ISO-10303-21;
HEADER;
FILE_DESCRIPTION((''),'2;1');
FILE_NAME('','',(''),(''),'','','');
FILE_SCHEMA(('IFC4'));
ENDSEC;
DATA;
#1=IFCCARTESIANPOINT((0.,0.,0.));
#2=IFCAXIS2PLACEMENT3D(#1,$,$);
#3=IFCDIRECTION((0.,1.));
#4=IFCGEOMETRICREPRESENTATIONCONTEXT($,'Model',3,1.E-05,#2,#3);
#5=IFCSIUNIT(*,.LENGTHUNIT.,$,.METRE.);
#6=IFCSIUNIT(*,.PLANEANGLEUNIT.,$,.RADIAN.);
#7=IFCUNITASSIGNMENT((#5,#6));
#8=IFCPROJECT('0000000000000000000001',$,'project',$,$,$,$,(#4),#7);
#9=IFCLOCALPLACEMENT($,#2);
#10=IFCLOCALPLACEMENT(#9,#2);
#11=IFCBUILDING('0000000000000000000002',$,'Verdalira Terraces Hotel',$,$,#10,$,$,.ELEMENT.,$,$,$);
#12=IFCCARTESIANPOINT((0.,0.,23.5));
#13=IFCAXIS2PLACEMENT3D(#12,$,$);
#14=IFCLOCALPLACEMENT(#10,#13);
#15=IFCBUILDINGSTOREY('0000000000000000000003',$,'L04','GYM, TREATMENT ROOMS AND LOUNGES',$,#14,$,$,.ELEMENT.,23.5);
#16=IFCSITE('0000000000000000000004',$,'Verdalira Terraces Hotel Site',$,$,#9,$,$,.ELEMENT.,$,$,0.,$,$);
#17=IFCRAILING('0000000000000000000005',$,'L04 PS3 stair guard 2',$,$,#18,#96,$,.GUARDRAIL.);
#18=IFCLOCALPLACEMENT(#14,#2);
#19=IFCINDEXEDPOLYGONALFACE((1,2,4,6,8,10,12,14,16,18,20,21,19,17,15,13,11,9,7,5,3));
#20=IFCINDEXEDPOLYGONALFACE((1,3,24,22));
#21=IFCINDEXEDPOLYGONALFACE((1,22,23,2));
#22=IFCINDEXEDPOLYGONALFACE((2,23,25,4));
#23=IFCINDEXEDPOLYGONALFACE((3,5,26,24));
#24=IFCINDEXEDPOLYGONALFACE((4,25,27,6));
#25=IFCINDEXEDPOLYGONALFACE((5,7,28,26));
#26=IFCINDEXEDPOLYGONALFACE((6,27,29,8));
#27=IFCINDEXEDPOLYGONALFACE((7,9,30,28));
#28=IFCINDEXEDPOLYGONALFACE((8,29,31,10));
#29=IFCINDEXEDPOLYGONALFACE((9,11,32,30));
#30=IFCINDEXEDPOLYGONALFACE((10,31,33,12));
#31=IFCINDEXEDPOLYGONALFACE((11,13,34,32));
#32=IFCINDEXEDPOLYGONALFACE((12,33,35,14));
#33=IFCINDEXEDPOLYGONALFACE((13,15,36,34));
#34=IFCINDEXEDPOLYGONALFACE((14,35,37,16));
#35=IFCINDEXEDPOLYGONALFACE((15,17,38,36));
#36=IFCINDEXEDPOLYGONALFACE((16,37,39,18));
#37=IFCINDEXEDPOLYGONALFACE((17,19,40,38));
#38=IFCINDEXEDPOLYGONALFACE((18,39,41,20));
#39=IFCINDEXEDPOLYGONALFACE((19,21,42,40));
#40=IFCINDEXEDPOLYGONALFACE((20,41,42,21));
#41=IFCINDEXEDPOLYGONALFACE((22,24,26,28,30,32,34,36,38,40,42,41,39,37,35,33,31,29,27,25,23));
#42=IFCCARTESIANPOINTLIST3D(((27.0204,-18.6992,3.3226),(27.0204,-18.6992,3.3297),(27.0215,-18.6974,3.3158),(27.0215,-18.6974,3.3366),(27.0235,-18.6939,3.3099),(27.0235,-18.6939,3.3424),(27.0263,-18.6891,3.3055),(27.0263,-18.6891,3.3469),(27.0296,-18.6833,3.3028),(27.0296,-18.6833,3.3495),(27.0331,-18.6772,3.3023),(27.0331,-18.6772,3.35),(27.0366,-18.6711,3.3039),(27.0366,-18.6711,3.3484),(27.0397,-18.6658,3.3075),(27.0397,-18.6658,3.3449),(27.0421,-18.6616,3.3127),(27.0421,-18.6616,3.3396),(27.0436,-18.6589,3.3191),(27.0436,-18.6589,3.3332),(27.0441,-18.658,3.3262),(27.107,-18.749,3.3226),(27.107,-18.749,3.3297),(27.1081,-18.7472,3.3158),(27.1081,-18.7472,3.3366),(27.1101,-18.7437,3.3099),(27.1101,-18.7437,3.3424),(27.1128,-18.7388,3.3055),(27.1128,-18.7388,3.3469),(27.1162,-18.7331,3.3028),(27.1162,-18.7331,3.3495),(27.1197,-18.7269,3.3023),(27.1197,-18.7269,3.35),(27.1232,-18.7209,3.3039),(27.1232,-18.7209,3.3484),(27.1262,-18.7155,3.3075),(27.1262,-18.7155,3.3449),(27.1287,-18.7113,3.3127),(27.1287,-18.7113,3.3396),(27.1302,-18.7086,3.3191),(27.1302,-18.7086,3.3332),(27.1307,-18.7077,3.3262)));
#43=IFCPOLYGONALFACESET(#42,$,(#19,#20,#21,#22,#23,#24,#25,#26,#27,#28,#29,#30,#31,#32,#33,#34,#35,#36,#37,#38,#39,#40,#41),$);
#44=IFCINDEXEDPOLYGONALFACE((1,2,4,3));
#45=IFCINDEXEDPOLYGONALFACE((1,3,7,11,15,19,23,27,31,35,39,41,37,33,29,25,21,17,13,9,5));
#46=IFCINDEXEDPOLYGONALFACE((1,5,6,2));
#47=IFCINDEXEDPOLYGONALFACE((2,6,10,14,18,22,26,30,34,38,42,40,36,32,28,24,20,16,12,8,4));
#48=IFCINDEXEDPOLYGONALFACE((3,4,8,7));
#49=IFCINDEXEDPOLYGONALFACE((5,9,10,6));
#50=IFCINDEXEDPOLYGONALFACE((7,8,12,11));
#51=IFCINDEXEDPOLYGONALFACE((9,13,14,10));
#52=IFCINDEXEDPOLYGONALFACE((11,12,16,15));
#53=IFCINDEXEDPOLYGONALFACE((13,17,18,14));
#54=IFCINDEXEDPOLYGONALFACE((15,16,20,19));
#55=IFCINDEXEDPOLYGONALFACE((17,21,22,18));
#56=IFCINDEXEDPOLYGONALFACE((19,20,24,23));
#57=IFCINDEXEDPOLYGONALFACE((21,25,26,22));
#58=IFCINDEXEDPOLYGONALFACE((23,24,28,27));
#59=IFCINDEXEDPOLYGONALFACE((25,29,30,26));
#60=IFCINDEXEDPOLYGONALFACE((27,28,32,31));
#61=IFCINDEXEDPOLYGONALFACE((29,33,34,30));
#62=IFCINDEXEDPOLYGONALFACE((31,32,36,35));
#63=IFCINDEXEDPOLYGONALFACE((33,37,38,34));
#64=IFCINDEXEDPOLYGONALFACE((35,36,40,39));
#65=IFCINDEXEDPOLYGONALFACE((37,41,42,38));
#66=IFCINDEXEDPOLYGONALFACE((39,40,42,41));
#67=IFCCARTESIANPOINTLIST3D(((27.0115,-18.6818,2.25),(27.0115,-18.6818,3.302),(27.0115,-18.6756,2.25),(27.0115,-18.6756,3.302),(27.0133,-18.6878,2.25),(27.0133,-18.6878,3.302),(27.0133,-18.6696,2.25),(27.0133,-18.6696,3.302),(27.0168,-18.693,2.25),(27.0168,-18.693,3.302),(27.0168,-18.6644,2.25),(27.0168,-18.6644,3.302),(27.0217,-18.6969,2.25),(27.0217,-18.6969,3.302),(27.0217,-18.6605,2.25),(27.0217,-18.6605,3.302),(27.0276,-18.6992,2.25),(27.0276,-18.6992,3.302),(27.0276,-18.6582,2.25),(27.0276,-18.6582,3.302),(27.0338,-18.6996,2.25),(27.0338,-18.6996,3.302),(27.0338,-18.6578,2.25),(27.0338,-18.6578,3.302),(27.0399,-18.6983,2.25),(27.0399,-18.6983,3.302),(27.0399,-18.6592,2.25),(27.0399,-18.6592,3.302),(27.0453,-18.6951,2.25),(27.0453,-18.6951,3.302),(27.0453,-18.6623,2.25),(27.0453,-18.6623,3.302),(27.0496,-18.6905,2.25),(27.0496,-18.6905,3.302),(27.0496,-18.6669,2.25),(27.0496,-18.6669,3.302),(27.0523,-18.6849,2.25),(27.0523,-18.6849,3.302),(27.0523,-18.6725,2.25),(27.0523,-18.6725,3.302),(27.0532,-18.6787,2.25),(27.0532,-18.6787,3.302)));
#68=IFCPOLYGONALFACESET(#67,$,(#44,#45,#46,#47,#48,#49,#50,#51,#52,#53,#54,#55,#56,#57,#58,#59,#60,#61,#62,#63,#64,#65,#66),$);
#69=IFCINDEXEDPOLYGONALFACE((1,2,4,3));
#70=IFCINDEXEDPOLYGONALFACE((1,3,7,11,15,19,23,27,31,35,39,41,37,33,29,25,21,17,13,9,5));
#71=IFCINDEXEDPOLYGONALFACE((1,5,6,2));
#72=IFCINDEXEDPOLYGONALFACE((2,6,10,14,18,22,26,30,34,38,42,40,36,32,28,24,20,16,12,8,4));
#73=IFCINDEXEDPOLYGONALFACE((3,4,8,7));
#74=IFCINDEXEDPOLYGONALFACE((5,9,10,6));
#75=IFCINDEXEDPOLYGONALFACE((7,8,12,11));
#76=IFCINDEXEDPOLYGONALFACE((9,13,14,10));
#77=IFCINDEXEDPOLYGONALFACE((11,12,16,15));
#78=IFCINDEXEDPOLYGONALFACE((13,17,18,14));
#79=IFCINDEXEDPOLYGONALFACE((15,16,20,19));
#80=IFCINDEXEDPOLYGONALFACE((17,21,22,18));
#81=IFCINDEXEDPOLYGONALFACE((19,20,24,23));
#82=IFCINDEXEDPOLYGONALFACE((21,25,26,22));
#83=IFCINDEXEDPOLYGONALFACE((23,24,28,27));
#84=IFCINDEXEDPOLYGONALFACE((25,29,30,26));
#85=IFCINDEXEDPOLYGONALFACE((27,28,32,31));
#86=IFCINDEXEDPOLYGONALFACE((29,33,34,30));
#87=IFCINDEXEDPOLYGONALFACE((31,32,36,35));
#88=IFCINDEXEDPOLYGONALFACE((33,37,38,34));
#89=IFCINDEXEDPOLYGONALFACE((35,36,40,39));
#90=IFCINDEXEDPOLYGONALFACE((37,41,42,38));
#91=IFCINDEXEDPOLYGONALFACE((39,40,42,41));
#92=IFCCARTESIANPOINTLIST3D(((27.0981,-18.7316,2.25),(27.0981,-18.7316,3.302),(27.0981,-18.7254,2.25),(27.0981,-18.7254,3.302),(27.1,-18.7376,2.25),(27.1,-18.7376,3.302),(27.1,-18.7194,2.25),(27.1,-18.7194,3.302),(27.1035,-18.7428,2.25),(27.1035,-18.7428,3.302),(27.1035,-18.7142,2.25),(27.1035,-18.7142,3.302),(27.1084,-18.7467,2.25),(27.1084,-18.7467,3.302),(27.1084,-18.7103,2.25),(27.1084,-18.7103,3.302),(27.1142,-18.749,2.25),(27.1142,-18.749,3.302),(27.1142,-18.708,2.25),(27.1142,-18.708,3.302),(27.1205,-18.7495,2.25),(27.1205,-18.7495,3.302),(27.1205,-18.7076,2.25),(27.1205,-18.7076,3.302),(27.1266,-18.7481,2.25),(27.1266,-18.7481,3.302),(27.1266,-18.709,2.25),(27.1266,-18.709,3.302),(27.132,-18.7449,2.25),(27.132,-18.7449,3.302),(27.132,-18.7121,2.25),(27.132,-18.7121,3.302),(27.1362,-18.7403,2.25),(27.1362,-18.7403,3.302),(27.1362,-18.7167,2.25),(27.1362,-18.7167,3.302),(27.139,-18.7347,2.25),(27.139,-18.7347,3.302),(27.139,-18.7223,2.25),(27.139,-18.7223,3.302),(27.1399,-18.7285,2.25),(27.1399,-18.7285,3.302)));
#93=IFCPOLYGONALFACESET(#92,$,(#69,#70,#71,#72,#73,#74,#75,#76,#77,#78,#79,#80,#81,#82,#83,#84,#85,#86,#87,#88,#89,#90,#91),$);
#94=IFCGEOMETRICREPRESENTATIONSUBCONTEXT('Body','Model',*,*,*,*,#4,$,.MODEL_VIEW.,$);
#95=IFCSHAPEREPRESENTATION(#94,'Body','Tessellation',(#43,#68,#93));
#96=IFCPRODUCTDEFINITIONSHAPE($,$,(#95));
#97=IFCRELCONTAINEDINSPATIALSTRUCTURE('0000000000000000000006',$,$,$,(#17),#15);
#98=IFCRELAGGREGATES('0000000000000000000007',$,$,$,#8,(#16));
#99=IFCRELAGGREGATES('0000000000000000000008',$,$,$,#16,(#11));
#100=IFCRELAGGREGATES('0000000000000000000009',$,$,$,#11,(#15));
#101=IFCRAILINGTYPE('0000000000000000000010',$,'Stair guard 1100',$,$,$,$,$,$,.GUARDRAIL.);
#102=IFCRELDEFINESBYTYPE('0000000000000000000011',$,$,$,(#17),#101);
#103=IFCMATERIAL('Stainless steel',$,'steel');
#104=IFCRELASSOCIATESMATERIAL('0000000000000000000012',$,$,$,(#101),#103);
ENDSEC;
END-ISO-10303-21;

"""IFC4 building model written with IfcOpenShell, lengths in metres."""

from ifc_helpers import new_model, si_unit, direction, frame, origin, origin_2d, place, context, subcontext, project, spatial, circle, extrude, material, type_object, element, save


model = new_model("IFC4")

# Units and contexts
model_context = context("Model", 3, precision=1e-05, world=origin(), true_north=direction((0.0, 1.0)))
body_context = subcontext(model_context, "Body", "Model", "MODEL_VIEW")
ifc_project = project(units=[si_unit("LENGTHUNIT", "METRE"), si_unit("PLANEANGLEUNIT", "RADIAN")], contexts=[model_context])

# Site, building, storey
site_placement = place(None, origin())
site = spatial("IfcSite", under=ifc_project, at=site_placement, Name="Verdalira Terraces Hotel Site", CompositionType="ELEMENT", RefElevation=0.0)
building_placement = place(site_placement, origin())
building = spatial("IfcBuilding", under=site, at=building_placement, Name="Verdalira Terraces Hotel", CompositionType="ELEMENT")
storey_placement = place(building_placement, frame((0.0, 0.0, 23.5)))
storey = spatial("IfcBuildingStorey", under=building, at=storey_placement, Name="L04", Description="GYM, TREATMENT ROOMS AND LOUNGES", CompositionType="ELEMENT", Elevation=23.5)

# Railing
ifc_material_1 = material(Name="Stainless steel", Category="steel")
railing_type_1 = type_object("IfcRailingType", Name="Stair guard 1100", PredefinedType="GUARDRAIL", material=ifc_material_1)
railing_1_placement = place(storey_placement, frame((27.0322, -18.6787, 2.25)))
element("IfcRailing", 1, at=railing_1_placement, inside=storey, type_object=railing_type_1, Name="L04 PS3 stair guard 2", PredefinedType="GUARDRAIL", context=body_context, shape_type="SweptSolid", body=[
    extrude(circle(Radius=0.0239, at=origin_2d()), frame((0.0, 0.0, 1.0762), z_axis=(0.867038, -0.498242, 0.0), x_axis=(0.498242, 0.867038, 0.0)), (0.0, 0.0, 1.0), 0.0999),
    extrude(circle(Radius=0.021, at=origin_2d()), origin(), (0.0, 0.0, 1.0), 1.052),
    extrude(circle(Radius=0.021, at=origin_2d()), frame((0.0867, -0.0498, 0.0)), (0.0, 0.0, 1.0), 1.052),
])

save(model, "model.ifc")
